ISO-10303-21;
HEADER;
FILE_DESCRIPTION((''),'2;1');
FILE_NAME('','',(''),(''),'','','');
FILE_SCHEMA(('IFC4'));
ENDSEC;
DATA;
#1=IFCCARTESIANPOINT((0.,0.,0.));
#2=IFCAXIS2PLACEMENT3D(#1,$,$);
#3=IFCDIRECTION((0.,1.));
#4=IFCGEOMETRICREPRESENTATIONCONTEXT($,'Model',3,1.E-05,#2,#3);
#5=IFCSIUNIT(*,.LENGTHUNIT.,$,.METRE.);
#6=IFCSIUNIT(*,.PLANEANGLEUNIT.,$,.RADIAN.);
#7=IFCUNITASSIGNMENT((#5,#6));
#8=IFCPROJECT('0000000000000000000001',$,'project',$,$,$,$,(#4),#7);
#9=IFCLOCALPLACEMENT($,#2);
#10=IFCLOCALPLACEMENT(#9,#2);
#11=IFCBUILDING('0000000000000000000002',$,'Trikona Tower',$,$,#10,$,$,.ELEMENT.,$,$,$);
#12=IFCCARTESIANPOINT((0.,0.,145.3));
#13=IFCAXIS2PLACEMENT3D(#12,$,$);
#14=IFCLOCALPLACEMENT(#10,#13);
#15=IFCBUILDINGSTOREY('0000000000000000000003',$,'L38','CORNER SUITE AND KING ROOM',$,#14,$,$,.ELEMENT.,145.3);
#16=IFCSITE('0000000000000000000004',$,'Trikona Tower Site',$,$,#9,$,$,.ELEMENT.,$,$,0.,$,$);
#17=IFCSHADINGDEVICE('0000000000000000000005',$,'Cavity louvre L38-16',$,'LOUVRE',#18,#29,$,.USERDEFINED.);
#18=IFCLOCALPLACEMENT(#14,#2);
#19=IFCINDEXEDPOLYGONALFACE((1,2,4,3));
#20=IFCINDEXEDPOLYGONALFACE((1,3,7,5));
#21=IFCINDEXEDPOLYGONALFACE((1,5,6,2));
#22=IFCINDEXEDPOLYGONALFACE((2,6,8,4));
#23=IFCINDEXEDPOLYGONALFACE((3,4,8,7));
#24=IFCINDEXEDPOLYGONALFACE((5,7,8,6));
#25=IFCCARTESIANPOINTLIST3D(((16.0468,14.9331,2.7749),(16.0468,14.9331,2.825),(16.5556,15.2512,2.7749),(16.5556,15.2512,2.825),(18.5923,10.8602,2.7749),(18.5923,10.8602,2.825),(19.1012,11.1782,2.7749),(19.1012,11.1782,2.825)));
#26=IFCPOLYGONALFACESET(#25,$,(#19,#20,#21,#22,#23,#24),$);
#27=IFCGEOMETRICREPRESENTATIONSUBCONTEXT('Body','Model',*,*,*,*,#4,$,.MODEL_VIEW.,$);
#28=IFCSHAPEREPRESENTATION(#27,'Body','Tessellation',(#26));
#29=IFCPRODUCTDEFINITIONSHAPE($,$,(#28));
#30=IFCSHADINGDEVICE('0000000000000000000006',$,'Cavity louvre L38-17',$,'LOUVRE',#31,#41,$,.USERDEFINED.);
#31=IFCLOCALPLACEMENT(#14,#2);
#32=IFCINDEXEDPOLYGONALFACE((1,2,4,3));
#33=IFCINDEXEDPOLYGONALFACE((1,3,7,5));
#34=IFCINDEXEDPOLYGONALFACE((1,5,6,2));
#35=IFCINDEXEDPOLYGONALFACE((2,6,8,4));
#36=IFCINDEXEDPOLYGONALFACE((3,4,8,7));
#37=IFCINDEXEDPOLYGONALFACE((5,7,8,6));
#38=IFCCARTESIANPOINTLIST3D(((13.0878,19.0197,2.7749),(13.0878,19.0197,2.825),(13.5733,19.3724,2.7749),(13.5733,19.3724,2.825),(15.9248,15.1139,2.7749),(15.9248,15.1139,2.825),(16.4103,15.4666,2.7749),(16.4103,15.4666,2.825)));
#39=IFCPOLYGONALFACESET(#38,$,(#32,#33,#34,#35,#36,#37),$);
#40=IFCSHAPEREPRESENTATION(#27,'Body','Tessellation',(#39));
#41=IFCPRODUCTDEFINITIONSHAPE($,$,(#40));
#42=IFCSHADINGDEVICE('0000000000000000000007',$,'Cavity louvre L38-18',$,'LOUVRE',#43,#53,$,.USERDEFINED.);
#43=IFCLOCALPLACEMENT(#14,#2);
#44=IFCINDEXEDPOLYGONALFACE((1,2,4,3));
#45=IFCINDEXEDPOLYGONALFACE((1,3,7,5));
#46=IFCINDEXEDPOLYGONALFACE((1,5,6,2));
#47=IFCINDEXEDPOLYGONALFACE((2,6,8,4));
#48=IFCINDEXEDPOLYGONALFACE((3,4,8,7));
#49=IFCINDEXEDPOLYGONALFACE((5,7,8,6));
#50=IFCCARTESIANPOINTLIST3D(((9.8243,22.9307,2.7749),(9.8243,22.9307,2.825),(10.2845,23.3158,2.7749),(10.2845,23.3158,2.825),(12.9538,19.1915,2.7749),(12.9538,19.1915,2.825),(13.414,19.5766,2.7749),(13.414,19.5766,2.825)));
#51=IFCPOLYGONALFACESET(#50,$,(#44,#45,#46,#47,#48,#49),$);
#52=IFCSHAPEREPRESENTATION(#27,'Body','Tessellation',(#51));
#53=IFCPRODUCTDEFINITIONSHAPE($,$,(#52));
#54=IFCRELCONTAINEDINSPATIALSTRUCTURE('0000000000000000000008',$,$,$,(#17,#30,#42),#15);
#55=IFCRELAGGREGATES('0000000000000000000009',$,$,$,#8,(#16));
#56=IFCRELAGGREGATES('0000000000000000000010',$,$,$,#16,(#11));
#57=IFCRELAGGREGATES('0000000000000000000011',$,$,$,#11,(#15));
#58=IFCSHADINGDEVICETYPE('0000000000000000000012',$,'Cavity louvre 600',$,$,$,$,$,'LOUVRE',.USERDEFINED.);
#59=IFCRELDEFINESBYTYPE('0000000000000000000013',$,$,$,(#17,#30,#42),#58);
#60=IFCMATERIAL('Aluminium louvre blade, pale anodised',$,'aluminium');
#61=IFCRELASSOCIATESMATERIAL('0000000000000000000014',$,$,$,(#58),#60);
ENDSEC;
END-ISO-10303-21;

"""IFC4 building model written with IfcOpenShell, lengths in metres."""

from ifc_helpers import new_model, si_unit, direction, frame, origin, origin_2d, place, context, subcontext, project, spatial, rectangle, extrude, material, type_object, element, save


model = new_model("IFC4")

# Units and contexts
model_context = context("Model", 3, precision=1e-05, world=origin(), true_north=direction((0.0, 1.0)))
body_context = subcontext(model_context, "Body", "Model", "MODEL_VIEW")
ifc_project = project(units=[si_unit("LENGTHUNIT", "METRE"), si_unit("PLANEANGLEUNIT", "RADIAN")], contexts=[model_context])

# Site, building, storey
site_placement = place(None, origin())
site = spatial("IfcSite", under=ifc_project, at=site_placement, Name="Trikona Tower Site", CompositionType="ELEMENT", RefElevation=0.0)
building_placement = place(site_placement, origin())
building = spatial("IfcBuilding", under=site, at=building_placement, Name="Trikona Tower", CompositionType="ELEMENT")
storey_placement = place(building_placement, frame((0.0, 0.0, 145.3)))
storey = spatial("IfcBuildingStorey", under=building, at=storey_placement, Name="L38", Description="CORNER SUITE AND KING ROOM", CompositionType="ELEMENT", Elevation=145.3)

# Shading devices
ifc_material_1 = material(Name="Aluminium louvre blade, pale anodised", Category="aluminium")
shading_device_type = type_object("IfcShadingDeviceType", Name="Cavity louvre 600", ElementType="LOUVRE", PredefinedType="USERDEFINED", material=ifc_material_1)
shading_device_1_placement = place(storey_placement, frame((17.574, 13.0557, 2.7749), z_axis=(0.0, 0.0, 1.0), x_axis=(-0.529995, 0.848001, 0.0)))
element("IfcShadingDevice", 1, at=shading_device_1_placement, inside=storey, type_object=shading_device_type, Name="Cavity louvre L38-16", ObjectType="LOUVRE", PredefinedType="USERDEFINED", context=body_context, shape_type="SweptSolid", body=[
    extrude(rectangle(XDim=4.803, YDim=0.6001, at=origin_2d()), origin(), (0.0, 0.0, 1.0), 0.05),
])
shading_device_2_placement = place(storey_placement, frame((14.749, 17.2432, 2.7749), z_axis=(0.0, 0.0, 1.0), x_axis=(-0.587686, 0.809089, 0.0)))
element("IfcShadingDevice", 2, at=shading_device_2_placement, inside=storey, type_object=shading_device_type, Name="Cavity louvre L38-17", ObjectType="LOUVRE", PredefinedType="USERDEFINED", context=body_context, shape_type="SweptSolid", body=[
    extrude(rectangle(XDim=4.8274, YDim=0.6001, at=origin_2d()), origin(), (0.0, 0.0, 1.0), 0.05),
])
shading_device_3_placement = place(storey_placement, frame((11.6191, 21.2537, 2.7749), z_axis=(0.0, 0.0, 1.0), x_axis=(-0.641807, 0.766866, 0.0)))
element("IfcShadingDevice", 3, at=shading_device_3_placement, inside=storey, type_object=shading_device_type, Name="Cavity louvre L38-18", ObjectType="LOUVRE", PredefinedType="USERDEFINED", context=body_context, shape_type="SweptSolid", body=[
    extrude(rectangle(XDim=4.876, YDim=0.6001, at=origin_2d()), origin(), (0.0, 0.0, 1.0), 0.05),
])

save(model, "model.ifc")
